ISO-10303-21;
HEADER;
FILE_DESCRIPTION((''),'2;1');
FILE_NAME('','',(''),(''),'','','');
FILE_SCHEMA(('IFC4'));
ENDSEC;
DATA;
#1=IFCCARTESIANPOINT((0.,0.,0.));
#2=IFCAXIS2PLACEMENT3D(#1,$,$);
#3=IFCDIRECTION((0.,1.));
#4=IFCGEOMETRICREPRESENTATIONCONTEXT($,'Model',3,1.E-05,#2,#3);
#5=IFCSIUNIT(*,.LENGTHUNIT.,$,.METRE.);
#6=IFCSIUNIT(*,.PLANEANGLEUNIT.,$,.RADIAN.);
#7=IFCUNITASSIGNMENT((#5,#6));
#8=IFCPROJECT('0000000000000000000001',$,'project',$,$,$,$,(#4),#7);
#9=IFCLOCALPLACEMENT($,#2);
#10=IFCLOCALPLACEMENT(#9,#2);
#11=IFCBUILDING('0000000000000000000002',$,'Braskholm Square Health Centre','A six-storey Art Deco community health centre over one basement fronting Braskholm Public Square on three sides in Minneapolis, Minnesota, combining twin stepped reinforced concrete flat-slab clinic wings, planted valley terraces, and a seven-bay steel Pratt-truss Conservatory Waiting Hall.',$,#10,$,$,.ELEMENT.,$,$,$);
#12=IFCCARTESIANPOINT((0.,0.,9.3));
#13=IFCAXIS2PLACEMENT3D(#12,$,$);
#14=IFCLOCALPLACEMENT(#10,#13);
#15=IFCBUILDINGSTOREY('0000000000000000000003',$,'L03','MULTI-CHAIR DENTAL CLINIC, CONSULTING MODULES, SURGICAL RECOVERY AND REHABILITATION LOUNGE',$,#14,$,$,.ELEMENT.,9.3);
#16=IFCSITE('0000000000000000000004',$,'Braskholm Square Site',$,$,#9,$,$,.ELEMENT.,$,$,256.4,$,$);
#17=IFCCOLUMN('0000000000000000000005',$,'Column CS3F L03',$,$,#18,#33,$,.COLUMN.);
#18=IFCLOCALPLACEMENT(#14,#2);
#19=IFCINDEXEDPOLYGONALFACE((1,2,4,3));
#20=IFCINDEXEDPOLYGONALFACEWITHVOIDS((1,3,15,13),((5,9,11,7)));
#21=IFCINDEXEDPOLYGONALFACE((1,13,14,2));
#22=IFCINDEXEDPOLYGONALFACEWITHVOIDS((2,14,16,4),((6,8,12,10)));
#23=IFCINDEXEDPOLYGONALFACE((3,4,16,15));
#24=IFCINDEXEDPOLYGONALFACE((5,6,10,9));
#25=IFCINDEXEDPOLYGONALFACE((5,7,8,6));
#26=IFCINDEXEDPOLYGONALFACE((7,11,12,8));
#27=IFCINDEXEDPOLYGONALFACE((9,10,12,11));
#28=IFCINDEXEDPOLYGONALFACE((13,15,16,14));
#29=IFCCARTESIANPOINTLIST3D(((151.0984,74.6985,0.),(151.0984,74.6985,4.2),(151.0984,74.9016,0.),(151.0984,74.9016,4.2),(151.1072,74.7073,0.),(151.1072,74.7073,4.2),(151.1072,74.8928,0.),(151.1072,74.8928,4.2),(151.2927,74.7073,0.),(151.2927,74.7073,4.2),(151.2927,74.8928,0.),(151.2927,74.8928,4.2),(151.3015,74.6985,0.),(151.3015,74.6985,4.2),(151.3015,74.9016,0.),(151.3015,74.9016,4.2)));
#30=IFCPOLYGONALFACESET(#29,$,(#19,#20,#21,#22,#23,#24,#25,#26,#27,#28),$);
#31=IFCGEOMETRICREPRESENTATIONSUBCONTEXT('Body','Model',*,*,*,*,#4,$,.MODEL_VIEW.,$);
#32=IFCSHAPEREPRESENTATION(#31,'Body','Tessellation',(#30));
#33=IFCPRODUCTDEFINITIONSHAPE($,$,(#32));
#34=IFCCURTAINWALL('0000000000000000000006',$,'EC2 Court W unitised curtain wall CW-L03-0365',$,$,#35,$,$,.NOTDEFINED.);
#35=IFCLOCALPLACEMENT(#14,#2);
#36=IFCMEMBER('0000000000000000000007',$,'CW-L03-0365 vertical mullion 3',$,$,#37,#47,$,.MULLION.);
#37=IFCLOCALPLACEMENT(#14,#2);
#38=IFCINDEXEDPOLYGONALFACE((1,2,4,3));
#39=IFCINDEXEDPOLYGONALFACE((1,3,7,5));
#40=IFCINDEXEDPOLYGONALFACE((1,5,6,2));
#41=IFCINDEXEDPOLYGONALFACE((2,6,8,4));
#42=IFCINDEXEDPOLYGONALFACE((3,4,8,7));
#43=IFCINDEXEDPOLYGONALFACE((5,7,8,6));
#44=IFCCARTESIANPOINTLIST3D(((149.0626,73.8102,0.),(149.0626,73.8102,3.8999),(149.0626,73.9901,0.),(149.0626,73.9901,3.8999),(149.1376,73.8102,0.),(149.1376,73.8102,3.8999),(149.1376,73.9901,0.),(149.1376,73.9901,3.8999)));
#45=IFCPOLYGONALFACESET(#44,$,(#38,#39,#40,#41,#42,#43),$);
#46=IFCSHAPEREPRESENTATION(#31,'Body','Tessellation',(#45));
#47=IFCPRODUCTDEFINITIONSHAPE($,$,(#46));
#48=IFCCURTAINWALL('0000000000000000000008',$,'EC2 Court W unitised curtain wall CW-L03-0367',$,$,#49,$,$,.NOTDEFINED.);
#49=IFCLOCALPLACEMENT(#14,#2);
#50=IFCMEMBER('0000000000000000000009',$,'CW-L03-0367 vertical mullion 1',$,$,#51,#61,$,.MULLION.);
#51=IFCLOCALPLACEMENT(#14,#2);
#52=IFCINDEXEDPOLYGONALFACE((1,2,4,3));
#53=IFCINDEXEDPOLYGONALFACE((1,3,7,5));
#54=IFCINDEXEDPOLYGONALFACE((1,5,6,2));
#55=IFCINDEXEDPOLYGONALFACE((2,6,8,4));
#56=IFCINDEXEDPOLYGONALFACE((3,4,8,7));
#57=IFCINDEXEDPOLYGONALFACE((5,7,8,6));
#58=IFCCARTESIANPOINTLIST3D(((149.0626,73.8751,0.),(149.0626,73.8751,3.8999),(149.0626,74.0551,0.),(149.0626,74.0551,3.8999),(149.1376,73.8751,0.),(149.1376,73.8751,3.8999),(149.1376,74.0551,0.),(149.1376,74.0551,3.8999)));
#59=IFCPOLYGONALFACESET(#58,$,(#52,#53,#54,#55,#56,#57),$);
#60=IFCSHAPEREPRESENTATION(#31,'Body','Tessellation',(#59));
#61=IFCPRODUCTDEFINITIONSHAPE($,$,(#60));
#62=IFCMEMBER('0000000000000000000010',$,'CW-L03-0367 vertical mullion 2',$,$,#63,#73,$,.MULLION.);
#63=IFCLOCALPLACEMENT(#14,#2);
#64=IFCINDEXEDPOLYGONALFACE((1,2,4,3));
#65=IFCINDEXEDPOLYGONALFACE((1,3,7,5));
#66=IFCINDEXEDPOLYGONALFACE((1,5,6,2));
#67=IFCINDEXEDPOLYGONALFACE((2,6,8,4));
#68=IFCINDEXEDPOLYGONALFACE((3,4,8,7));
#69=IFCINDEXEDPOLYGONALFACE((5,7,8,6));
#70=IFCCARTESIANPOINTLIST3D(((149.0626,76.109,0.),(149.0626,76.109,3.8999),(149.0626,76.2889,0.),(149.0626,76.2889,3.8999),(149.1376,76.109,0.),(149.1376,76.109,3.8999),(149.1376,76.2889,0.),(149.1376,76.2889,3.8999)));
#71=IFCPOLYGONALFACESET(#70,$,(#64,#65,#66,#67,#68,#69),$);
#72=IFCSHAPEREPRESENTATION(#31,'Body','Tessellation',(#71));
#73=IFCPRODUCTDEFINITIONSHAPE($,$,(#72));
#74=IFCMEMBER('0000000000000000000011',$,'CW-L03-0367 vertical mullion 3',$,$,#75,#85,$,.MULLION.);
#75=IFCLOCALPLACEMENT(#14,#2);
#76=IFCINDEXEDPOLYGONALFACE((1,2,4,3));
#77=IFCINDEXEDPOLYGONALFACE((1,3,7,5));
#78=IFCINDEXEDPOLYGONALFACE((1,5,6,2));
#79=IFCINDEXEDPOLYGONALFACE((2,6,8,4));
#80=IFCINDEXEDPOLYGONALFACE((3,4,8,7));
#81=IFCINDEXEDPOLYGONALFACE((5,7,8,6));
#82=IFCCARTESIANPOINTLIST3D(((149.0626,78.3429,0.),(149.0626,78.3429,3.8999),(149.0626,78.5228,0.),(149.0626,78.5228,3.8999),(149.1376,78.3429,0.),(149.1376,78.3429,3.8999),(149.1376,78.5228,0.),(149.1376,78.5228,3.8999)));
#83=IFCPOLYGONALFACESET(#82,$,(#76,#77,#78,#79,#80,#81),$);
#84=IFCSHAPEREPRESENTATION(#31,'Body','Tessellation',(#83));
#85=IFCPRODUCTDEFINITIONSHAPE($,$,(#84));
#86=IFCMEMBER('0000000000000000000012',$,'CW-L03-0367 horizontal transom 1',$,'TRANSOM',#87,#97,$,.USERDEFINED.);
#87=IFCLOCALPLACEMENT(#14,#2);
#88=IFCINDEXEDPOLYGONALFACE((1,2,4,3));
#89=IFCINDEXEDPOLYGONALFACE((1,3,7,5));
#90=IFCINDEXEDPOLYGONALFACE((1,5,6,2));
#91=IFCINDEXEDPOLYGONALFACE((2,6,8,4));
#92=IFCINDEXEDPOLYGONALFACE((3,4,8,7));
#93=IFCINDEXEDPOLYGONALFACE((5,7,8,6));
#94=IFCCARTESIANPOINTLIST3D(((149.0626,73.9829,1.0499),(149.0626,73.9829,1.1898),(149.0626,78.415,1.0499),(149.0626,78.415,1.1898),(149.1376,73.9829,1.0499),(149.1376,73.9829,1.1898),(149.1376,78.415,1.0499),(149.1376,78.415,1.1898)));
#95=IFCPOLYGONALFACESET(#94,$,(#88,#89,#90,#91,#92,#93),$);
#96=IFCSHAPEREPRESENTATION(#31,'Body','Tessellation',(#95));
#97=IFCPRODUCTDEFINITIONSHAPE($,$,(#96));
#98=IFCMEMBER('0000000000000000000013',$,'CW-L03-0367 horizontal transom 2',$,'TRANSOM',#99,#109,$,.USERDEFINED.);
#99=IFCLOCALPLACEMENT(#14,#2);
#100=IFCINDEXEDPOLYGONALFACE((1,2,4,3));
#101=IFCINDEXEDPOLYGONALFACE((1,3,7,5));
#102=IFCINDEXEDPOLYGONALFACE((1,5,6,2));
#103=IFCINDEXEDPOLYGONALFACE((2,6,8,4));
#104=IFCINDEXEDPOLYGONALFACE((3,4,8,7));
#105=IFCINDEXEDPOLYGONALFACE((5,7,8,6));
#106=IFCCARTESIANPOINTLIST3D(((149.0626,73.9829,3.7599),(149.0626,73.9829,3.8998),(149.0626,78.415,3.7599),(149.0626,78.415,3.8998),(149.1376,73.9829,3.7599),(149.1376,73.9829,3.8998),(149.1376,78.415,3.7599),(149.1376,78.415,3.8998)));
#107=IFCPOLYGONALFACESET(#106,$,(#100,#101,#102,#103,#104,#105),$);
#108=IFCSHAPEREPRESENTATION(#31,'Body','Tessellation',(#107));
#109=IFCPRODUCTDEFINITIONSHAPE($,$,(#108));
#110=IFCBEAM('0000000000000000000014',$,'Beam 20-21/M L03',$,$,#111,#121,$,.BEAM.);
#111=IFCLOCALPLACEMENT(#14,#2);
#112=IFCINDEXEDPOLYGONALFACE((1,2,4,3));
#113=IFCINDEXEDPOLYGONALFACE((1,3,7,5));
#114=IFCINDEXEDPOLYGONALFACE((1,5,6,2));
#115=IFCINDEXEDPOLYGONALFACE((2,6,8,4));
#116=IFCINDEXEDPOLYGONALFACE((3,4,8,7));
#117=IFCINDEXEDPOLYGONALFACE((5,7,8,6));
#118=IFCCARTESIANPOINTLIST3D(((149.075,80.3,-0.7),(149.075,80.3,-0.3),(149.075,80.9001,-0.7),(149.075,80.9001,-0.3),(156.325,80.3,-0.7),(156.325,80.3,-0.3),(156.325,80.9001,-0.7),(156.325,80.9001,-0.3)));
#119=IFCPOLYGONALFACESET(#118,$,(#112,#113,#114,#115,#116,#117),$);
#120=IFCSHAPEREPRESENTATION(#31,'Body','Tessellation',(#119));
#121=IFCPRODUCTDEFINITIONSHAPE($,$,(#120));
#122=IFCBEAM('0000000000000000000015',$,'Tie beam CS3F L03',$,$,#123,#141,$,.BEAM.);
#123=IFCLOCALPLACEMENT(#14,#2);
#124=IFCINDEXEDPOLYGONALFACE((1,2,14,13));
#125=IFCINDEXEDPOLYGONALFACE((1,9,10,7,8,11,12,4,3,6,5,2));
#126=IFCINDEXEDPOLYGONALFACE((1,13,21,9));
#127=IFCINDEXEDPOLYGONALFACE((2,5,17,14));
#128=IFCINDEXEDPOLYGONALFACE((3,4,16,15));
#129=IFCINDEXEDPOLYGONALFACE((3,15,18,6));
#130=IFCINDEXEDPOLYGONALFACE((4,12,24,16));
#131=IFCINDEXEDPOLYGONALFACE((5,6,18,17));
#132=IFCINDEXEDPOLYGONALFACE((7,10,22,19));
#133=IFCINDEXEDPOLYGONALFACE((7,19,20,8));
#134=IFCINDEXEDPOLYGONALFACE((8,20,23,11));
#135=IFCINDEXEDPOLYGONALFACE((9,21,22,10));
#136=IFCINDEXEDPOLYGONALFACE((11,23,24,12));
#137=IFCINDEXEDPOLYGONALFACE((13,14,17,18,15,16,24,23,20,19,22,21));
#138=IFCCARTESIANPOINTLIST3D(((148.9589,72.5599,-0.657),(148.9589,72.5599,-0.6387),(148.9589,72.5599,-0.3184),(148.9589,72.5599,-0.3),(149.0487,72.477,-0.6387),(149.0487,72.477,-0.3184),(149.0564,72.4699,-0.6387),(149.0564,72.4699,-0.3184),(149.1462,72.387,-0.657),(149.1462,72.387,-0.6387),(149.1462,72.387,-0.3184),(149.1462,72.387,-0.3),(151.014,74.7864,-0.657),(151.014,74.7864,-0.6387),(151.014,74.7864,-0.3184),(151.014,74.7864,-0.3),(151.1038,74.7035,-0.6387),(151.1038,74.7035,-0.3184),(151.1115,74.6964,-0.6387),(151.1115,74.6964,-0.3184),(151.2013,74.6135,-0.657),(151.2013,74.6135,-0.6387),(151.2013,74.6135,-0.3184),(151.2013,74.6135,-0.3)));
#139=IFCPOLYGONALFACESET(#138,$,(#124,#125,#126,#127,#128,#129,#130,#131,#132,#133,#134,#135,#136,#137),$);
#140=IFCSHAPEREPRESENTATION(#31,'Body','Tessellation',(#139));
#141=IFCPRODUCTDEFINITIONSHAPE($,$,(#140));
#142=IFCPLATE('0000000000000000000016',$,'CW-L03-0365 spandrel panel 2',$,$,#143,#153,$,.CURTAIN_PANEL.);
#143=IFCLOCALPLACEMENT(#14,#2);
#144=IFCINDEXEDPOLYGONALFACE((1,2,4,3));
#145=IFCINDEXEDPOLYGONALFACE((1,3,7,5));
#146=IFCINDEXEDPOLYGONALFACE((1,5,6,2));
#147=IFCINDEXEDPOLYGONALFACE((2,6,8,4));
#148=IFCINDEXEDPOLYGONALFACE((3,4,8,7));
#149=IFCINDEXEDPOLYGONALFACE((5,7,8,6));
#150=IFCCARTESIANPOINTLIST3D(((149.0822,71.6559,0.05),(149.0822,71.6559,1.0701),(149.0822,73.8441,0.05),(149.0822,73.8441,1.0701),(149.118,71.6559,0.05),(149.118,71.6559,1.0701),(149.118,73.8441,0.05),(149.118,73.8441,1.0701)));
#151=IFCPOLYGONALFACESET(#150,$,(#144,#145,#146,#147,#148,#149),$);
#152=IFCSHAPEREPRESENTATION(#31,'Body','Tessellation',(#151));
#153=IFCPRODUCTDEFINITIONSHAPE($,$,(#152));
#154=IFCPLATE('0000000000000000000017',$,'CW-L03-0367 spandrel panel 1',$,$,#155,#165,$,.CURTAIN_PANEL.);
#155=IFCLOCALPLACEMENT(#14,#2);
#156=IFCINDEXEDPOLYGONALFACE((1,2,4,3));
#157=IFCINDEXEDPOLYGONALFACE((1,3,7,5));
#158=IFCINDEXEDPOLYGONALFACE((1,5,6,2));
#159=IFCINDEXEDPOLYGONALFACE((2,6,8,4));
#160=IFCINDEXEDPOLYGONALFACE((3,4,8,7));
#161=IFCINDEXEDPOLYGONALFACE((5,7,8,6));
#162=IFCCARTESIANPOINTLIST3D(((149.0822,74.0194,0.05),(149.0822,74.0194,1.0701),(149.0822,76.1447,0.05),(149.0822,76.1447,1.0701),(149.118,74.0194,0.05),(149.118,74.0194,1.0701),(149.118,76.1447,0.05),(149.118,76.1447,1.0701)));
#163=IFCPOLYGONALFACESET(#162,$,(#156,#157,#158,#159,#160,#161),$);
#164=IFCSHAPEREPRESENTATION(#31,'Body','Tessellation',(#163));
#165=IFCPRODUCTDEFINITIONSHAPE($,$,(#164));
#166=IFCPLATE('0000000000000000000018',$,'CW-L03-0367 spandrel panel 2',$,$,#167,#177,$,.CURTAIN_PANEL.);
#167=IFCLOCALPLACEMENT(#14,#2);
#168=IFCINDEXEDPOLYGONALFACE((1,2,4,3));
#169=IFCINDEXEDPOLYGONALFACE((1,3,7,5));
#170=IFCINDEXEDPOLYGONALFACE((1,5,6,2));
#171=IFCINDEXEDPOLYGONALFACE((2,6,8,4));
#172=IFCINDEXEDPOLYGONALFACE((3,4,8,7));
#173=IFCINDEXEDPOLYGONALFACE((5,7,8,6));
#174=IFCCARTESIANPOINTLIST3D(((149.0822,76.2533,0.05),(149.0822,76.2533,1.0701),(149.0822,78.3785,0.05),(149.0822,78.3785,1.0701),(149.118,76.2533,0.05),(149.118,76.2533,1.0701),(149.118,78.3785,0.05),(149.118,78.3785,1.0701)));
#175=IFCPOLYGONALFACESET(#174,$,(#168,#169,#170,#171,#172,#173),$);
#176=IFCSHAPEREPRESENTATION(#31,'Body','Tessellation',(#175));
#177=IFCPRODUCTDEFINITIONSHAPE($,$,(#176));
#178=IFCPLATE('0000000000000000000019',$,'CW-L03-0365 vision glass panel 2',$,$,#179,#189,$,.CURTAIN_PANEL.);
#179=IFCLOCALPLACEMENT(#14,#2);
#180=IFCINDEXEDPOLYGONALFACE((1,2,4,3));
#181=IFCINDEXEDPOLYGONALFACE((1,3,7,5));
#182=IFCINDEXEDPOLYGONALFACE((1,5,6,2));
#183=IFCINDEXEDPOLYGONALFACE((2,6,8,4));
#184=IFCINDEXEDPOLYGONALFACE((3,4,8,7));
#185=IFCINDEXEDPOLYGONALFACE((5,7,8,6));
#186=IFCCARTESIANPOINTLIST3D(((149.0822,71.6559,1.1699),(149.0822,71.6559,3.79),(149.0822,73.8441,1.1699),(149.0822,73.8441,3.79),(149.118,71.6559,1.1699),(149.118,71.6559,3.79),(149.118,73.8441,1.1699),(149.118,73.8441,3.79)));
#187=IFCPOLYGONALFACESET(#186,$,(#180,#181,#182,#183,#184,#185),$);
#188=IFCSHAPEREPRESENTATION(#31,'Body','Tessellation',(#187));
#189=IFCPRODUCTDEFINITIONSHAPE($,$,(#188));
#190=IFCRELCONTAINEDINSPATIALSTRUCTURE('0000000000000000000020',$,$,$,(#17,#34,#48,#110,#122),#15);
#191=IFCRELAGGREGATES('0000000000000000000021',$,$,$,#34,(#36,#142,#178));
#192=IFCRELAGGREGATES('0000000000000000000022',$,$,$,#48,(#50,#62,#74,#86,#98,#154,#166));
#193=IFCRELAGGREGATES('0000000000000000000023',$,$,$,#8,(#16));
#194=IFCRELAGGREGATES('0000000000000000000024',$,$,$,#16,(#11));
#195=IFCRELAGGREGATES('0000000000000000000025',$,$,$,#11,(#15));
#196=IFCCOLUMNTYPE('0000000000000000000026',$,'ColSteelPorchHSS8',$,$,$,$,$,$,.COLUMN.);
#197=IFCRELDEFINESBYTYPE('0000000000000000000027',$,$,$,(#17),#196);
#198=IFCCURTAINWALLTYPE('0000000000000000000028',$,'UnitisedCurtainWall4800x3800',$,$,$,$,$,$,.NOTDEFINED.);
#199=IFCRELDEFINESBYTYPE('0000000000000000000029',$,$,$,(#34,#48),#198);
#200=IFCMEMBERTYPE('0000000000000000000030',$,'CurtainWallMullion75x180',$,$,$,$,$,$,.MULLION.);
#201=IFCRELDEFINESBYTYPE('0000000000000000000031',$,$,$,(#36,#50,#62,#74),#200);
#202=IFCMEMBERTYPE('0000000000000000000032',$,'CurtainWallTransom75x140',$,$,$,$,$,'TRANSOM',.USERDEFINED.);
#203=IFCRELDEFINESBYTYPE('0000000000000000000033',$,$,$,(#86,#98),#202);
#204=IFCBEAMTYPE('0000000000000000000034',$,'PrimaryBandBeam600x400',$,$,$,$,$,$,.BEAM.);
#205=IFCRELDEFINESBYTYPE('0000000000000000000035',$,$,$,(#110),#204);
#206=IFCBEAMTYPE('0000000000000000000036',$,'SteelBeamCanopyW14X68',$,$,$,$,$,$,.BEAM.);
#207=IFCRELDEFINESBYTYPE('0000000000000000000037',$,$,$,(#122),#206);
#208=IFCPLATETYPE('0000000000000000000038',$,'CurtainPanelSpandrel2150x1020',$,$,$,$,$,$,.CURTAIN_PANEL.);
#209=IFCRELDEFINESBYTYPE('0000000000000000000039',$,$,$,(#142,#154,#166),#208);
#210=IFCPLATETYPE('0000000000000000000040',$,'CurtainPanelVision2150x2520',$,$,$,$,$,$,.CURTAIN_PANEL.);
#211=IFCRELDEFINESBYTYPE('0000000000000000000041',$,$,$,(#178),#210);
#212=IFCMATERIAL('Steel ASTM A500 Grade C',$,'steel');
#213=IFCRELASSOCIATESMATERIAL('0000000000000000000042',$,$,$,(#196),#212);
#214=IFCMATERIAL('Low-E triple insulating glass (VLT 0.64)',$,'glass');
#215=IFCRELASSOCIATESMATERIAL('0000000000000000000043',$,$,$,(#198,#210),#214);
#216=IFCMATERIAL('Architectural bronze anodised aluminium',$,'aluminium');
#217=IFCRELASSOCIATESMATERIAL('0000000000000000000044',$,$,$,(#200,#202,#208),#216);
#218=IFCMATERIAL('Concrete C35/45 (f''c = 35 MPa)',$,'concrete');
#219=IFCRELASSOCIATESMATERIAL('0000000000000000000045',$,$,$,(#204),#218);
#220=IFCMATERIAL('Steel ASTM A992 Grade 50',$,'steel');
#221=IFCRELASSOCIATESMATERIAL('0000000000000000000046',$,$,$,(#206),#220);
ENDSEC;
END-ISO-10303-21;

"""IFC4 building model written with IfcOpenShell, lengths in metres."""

from ifc_helpers import new_model, si_unit, direction, frame, origin, origin_2d, place, context, subcontext, project, spatial, rectangle, hollow_rectangle, i_section, extrude, material, material_profile, profile_set, type_object, element, aggregate, save


model = new_model("IFC4")

# Units and contexts
model_context = context("Model", 3, precision=1e-05, world=origin(), true_north=direction((0.0, 1.0)))
body_context = subcontext(model_context, "Body", "Model", "MODEL_VIEW")
ifc_project = project(units=[si_unit("LENGTHUNIT", "METRE"), si_unit("PLANEANGLEUNIT", "RADIAN")], contexts=[model_context])

# Site, building, storey
site_placement = place(None, origin())
site = spatial("IfcSite", under=ifc_project, at=site_placement, Name="Braskholm Square Site", CompositionType="ELEMENT", RefElevation=256.4)
building_placement = place(site_placement, origin())
building = spatial("IfcBuilding", under=site, at=building_placement, Name="Braskholm Square Health Centre", Description="A six-storey Art Deco community health centre over one basement fronting Braskholm Public Square on three sides in Minneapolis, Minnesota, combining twin stepped reinforced concrete flat-slab clinic wings, planted valley terraces, and a seven-bay steel Pratt-truss Conservatory Waiting Hall.", CompositionType="ELEMENT")
storey_placement = place(building_placement, frame((0.0, 0.0, 9.3)))
storey = spatial("IfcBuildingStorey", under=building, at=storey_placement, Name="L03", Description="MULTI-CHAIR DENTAL CLINIC, CONSULTING MODULES, SURGICAL RECOVERY AND REHABILITATION LOUNGE", CompositionType="ELEMENT", Elevation=9.3)

# Column
ifc_material_1 = material(Name="Steel ASTM A500 Grade C", Category="steel")
ifc_material_profile_1 = material_profile(ifc_material_1, hollow_rectangle(XDim=0.2031, YDim=0.2031, WallThickness=0.0088, at=origin_2d()), Name="HSS8X8X3/8")
ifc_profile_set_1 = profile_set([ifc_material_profile_1], Name="Steel ASTM A500 Grade C")
column_type = type_object("IfcColumnType", Name="ColSteelPorchHSS8", PredefinedType="COLUMN", material=ifc_profile_set_1)
column_placement = place(storey_placement, frame((151.2, 74.8, 0.0), z_axis=(0.0, 0.0, 1.0), x_axis=(1.0, 0.0, 0.0)))
element("IfcColumn", 1, at=column_placement, inside=storey, type_object=column_type, Name="Column CS3F L03", PredefinedType="COLUMN", context=body_context, shape_type="SweptSolid", body=[
    extrude(hollow_rectangle(XDim=0.2031, YDim=0.2031, WallThickness=0.0088, at=origin_2d()), origin(), (0.0, 0.0, 1.0), 4.2),
])

# Curtain wall, member
ifc_material_2 = material(Name="Low-E triple insulating glass (VLT 0.64)", Category="glass")
curtain_wall_type = type_object("IfcCurtainWallType", Name="UnitisedCurtainWall4800x3800", PredefinedType="NOTDEFINED", material=ifc_material_2)
curtain_wall_1_placement = place(storey_placement, origin())
curtain_wall_1 = element("IfcCurtainWall", 2, at=curtain_wall_1_placement, inside=storey, type_object=curtain_wall_type, Name="EC2 Court W unitised curtain wall CW-L03-0365", PredefinedType="NOTDEFINED")
ifc_material_3 = material(Name="Architectural bronze anodised aluminium", Category="aluminium")
ifc_material_profile_2 = material_profile(ifc_material_3, rectangle(XDim=0.075, YDim=0.1799, at=origin_2d()), Name="ALU-75X180")
ifc_profile_set_2 = profile_set([ifc_material_profile_2], Name="Architectural bronze anodised aluminium")
member_type_1 = type_object("IfcMemberType", Name="CurtainWallMullion75x180", PredefinedType="MULLION", material=ifc_profile_set_2)
member_1_placement = place(storey_placement, frame((149.1001, 73.9001, 0.0), z_axis=(0.0, 0.0, 1.0), x_axis=(1.0, 0.0, 0.0)))
member_1 = element("IfcMember", 3, at=member_1_placement, type_object=member_type_1, Name="CW-L03-0365 vertical mullion 3", PredefinedType="MULLION", context=body_context, shape_type="SweptSolid", body=[
    extrude(rectangle(XDim=0.075, YDim=0.1799, at=origin_2d()), origin(), (0.0, 0.0, 1.0), 3.8999),
])

# Curtain wall, members
curtain_wall_2_placement = place(storey_placement, origin())
curtain_wall_2 = element("IfcCurtainWall", 4, at=curtain_wall_2_placement, inside=storey, type_object=curtain_wall_type, Name="EC2 Court W unitised curtain wall CW-L03-0367", PredefinedType="NOTDEFINED")
member_2_placement = place(storey_placement, frame((149.1001, 73.9651, 0.0), z_axis=(0.0, 0.0, 1.0), x_axis=(1.0, 0.0, 0.0)))
member_2 = element("IfcMember", 5, at=member_2_placement, type_object=member_type_1, Name="CW-L03-0367 vertical mullion 1", PredefinedType="MULLION", context=body_context, shape_type="SweptSolid", body=[
    extrude(rectangle(XDim=0.075, YDim=0.1799, at=origin_2d()), origin(), (0.0, 0.0, 1.0), 3.8999),
])
member_3_placement = place(storey_placement, frame((149.1001, 76.199, 0.0), z_axis=(0.0, 0.0, 1.0), x_axis=(1.0, 0.0, 0.0)))
member_3 = element("IfcMember", 6, at=member_3_placement, type_object=member_type_1, Name="CW-L03-0367 vertical mullion 2", PredefinedType="MULLION", context=body_context, shape_type="SweptSolid", body=[
    extrude(rectangle(XDim=0.075, YDim=0.1799, at=origin_2d()), origin(), (0.0, 0.0, 1.0), 3.8999),
])
member_4_placement = place(storey_placement, frame((149.1001, 78.4329, 0.0), z_axis=(0.0, 0.0, 1.0), x_axis=(1.0, 0.0, 0.0)))
member_4 = element("IfcMember", 7, at=member_4_placement, type_object=member_type_1, Name="CW-L03-0367 vertical mullion 3", PredefinedType="MULLION", context=body_context, shape_type="SweptSolid", body=[
    extrude(rectangle(XDim=0.075, YDim=0.1799, at=origin_2d()), origin(), (0.0, 0.0, 1.0), 3.8999),
])
ifc_material_profile_3 = material_profile(ifc_material_3, rectangle(XDim=0.075, YDim=0.1399, at=origin_2d()), Name="ALU-75X140")
ifc_profile_set_3 = profile_set([ifc_material_profile_3], Name="Architectural bronze anodised aluminium")
member_type_2 = type_object("IfcMemberType", Name="CurtainWallTransom75x140", ElementType="TRANSOM", PredefinedType="USERDEFINED", material=ifc_profile_set_3)
member_5_placement = place(storey_placement, frame((149.1001, 73.9829, 1.1199), z_axis=(0.0, 1.0, 0.0), x_axis=(-1.0, 0.0, 0.0)))
member_5 = element("IfcMember", 8, at=member_5_placement, type_object=member_type_2, Name="CW-L03-0367 horizontal transom 1", ObjectType="TRANSOM", PredefinedType="USERDEFINED", context=body_context, shape_type="SweptSolid", body=[
    extrude(rectangle(XDim=0.075, YDim=0.1399, at=origin_2d()), origin(), (0.0, 0.0, 1.0), 4.4321),
])
member_6_placement = place(storey_placement, frame((149.1001, 73.9829, 3.8298), z_axis=(0.0, 1.0, 0.0), x_axis=(-1.0, 0.0, 0.0)))
member_6 = element("IfcMember", 9, at=member_6_placement, type_object=member_type_2, Name="CW-L03-0367 horizontal transom 2", ObjectType="TRANSOM", PredefinedType="USERDEFINED", context=body_context, shape_type="SweptSolid", body=[
    extrude(rectangle(XDim=0.075, YDim=0.1399, at=origin_2d()), origin(), (0.0, 0.0, 1.0), 4.4321),
])

# Beams
ifc_material_4 = material(Name="Concrete C35/45 (f'c = 35 MPa)", Category="concrete")
ifc_material_profile_4 = material_profile(ifc_material_4, rectangle(XDim=0.6001, YDim=0.3999, at=origin_2d()), Name="RCB-600X400")
ifc_profile_set_4 = profile_set([ifc_material_profile_4], Name="Concrete C35/45 (f'c = 35 MPa)")
beam_type_1 = type_object("IfcBeamType", Name="PrimaryBandBeam600x400", PredefinedType="BEAM", material=ifc_profile_set_4)
beam_1_placement = place(storey_placement, frame((149.075, 80.6001, -0.5), z_axis=(1.0, 0.0, 0.0), x_axis=(0.0, 1.0, 0.0)))
element("IfcBeam", 10, at=beam_1_placement, inside=storey, type_object=beam_type_1, Name="Beam 20-21/M L03", PredefinedType="BEAM", context=body_context, shape_type="SweptSolid", body=[
    extrude(rectangle(XDim=0.6001, YDim=0.3999, at=origin_2d()), origin(), (0.0, 0.0, 1.0), 7.25),
])
ifc_material_5 = material(Name="Steel ASTM A992 Grade 50", Category="steel")
ifc_material_profile_5 = material_profile(ifc_material_5, i_section(OverallWidth=0.2549, OverallDepth=0.3569, WebThickness=0.0105, FlangeThickness=0.0183, at=origin_2d()), Name="W14X68")
ifc_profile_set_5 = profile_set([ifc_material_profile_5], Name="Steel ASTM A992 Grade 50")
beam_type_2 = type_object("IfcBeamType", Name="SteelBeamCanopyW14X68", PredefinedType="BEAM", material=ifc_profile_set_5)
beam_2_placement = place(storey_placement, frame((151.1077, 74.7, -0.4785), z_axis=(-0.67826, -0.734822, 0.0), x_axis=(0.734822, -0.67826, 0.0)))
element("IfcBeam", 11, at=beam_2_placement, inside=storey, type_object=beam_type_2, Name="Tie beam CS3F L03", PredefinedType="BEAM", context=body_context, shape_type="SweptSolid", body=[
    extrude(i_section(OverallWidth=0.2549, OverallDepth=0.3569, WebThickness=0.0105, FlangeThickness=0.0183, at=origin_2d()), origin(), (0.0, 0.0, 1.0), 3.03),
])

# Plates
plate_type_1 = type_object("IfcPlateType", Name="CurtainPanelSpandrel2150x1020", PredefinedType="CURTAIN_PANEL", material=ifc_material_3)
plate_1_placement = place(storey_placement, frame((149.1001, 72.75, 0.05), z_axis=(0.0, 0.0, 1.0), x_axis=(0.0, 1.0, 0.0)))
plate_1 = element("IfcPlate", 12, at=plate_1_placement, type_object=plate_type_1, Name="CW-L03-0365 spandrel panel 2", PredefinedType="CURTAIN_PANEL", context=body_context, shape_type="SweptSolid", body=[
    extrude(rectangle(XDim=2.1882, YDim=0.0359, at=origin_2d()), origin(), (0.0, 0.0, 1.0), 1.02),
])
plate_2_placement = place(storey_placement, frame((149.1001, 75.082, 0.05), z_axis=(0.0, 0.0, 1.0), x_axis=(0.0, 1.0, 0.0)))
plate_2 = element("IfcPlate", 13, at=plate_2_placement, type_object=plate_type_1, Name="CW-L03-0367 spandrel panel 1", PredefinedType="CURTAIN_PANEL", context=body_context, shape_type="SweptSolid", body=[
    extrude(rectangle(XDim=2.1252, YDim=0.0359, at=origin_2d()), origin(), (0.0, 0.0, 1.0), 1.02),
])
plate_3_placement = place(storey_placement, frame((149.1001, 77.3159, 0.05), z_axis=(0.0, 0.0, 1.0), x_axis=(0.0, 1.0, 0.0)))
plate_3 = element("IfcPlate", 14, at=plate_3_placement, type_object=plate_type_1, Name="CW-L03-0367 spandrel panel 2", PredefinedType="CURTAIN_PANEL", context=body_context, shape_type="SweptSolid", body=[
    extrude(rectangle(XDim=2.1252, YDim=0.0359, at=origin_2d()), origin(), (0.0, 0.0, 1.0), 1.02),
])
plate_type_2 = type_object("IfcPlateType", Name="CurtainPanelVision2150x2520", PredefinedType="CURTAIN_PANEL", material=ifc_material_2)
plate_4_placement = place(storey_placement, frame((149.1001, 72.75, 1.1699), z_axis=(0.0, 0.0, 1.0), x_axis=(0.0, 1.0, 0.0)))
plate_4 = element("IfcPlate", 15, at=plate_4_placement, type_object=plate_type_2, Name="CW-L03-0365 vision glass panel 2", PredefinedType="CURTAIN_PANEL", context=body_context, shape_type="SweptSolid", body=[
    extrude(rectangle(XDim=2.1882, YDim=0.0359, at=origin_2d()), origin(), (0.0, 0.0, 1.0), 2.6201),
])
aggregate(curtain_wall_1, [member_1, plate_1, plate_4])
aggregate(curtain_wall_2, [member_2, member_3, member_4, member_5, member_6, plate_2, plate_3])

save(model, "model.ifc")
